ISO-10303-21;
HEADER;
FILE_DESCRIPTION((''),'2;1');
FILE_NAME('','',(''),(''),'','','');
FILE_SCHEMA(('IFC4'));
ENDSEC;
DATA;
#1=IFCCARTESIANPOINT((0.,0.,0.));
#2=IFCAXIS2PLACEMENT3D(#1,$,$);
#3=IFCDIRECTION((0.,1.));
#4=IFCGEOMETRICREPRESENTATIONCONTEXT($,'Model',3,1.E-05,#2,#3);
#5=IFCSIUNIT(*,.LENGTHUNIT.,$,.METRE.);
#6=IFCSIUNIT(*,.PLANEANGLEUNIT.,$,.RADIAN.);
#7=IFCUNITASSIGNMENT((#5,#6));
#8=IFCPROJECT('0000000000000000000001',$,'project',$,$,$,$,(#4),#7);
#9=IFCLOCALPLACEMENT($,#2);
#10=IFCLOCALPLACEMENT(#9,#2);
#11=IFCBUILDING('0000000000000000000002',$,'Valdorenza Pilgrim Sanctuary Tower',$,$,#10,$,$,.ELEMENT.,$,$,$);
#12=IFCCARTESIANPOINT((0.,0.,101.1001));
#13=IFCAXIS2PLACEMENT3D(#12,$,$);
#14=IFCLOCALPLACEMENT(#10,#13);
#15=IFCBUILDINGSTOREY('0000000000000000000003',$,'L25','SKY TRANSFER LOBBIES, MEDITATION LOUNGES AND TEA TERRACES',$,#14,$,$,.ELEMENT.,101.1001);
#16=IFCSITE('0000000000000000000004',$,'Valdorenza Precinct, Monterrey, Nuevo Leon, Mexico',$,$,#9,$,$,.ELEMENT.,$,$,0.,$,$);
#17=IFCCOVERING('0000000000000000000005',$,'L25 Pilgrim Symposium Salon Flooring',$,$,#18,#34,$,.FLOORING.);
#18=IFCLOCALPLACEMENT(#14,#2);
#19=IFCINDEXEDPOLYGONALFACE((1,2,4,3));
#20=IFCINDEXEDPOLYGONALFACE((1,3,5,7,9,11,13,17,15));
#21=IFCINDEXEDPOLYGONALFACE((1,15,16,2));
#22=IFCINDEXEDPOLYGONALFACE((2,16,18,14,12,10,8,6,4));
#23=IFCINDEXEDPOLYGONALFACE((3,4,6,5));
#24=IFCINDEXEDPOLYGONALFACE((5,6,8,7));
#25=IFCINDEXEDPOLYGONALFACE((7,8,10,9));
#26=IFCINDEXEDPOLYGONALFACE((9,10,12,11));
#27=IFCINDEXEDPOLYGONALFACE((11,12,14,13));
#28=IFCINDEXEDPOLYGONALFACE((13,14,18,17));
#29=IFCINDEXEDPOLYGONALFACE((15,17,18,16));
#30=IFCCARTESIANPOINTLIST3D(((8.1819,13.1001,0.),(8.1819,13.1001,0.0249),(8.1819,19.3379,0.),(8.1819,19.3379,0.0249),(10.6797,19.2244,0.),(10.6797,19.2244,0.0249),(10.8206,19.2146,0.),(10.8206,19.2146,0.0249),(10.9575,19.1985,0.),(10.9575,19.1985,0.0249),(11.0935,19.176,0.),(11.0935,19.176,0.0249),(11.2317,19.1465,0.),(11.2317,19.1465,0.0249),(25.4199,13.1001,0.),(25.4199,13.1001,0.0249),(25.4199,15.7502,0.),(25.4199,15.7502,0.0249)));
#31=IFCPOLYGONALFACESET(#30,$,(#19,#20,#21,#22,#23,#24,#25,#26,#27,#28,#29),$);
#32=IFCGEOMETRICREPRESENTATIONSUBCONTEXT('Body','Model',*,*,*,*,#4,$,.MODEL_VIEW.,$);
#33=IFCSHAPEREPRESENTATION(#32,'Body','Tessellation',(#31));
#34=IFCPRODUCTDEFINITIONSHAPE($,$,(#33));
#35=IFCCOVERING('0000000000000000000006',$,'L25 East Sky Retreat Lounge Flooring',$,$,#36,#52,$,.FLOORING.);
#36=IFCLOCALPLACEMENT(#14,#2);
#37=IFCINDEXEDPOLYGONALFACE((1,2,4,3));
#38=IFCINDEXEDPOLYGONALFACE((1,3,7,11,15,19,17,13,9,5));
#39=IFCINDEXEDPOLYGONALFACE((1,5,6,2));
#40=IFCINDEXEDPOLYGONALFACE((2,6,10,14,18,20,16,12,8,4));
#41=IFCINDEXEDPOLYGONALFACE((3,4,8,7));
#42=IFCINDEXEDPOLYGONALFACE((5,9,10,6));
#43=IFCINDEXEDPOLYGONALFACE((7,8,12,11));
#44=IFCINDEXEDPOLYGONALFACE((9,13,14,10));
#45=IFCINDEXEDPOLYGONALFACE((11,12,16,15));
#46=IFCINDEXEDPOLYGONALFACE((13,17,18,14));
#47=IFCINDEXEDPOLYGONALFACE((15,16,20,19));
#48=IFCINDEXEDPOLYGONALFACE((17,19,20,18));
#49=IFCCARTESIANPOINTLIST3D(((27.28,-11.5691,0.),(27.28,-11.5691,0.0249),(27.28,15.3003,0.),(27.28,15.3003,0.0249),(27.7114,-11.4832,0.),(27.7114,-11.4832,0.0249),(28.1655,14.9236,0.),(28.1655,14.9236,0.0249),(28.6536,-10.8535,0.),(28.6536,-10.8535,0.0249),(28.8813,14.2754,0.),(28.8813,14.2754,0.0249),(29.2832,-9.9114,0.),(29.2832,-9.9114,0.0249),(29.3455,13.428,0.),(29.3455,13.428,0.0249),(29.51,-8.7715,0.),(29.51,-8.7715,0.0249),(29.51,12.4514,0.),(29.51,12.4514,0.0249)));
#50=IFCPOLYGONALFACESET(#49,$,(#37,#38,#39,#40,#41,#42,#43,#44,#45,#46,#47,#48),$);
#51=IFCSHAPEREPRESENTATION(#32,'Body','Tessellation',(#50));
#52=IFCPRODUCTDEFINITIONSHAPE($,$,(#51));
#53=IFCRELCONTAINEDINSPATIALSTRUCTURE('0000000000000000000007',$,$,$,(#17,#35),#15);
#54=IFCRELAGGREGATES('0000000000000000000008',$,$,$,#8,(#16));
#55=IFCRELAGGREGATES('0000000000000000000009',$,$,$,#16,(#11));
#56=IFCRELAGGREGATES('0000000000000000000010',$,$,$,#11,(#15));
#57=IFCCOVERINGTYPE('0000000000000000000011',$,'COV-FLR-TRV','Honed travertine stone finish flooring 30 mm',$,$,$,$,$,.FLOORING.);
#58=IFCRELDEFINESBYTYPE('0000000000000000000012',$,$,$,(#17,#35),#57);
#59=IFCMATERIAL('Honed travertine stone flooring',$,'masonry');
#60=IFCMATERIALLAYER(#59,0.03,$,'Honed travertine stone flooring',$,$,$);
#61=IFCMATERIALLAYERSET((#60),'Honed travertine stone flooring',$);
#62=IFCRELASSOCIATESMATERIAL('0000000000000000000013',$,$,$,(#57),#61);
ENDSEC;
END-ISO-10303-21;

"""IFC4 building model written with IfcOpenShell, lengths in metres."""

from ifc_helpers import new_model, si_unit, direction, frame, origin, place, context, subcontext, project, spatial, polyline, outline, extrude, material, layer, layer_set, type_object, element, save


model = new_model("IFC4")

# Units and contexts
model_context = context("Model", 3, precision=1e-05, world=origin(), true_north=direction((0.0, 1.0)))
body_context = subcontext(model_context, "Body", "Model", "MODEL_VIEW")
ifc_project = project(units=[si_unit("LENGTHUNIT", "METRE"), si_unit("PLANEANGLEUNIT", "RADIAN")], contexts=[model_context])

# Site, building, storey
site_placement = place(None, origin())
site = spatial("IfcSite", under=ifc_project, at=site_placement, Name="Valdorenza Precinct, Monterrey, Nuevo Leon, Mexico", CompositionType="ELEMENT", RefElevation=0.0)
building_placement = place(site_placement, origin())
building = spatial("IfcBuilding", under=site, at=building_placement, Name="Valdorenza Pilgrim Sanctuary Tower", CompositionType="ELEMENT")
storey_placement = place(building_placement, frame((0.0, 0.0, 101.1001)))
storey = spatial("IfcBuildingStorey", under=building, at=storey_placement, Name="L25", Description="SKY TRANSFER LOBBIES, MEDITATION LOUNGES AND TEA TERRACES", CompositionType="ELEMENT", Elevation=101.1001)

# Coverings
ifc_material_1 = material(Name="Honed travertine stone flooring", Category="masonry")
ifc_layer_1 = layer(ifc_material_1, 0.03, Name="Honed travertine stone flooring")
ifc_layer_set_1 = layer_set([ifc_layer_1], Name="Honed travertine stone flooring")
covering_type_1 = type_object("IfcCoveringType", Name="COV-FLR-TRV", Description="Honed travertine stone finish flooring 30 mm", PredefinedType="FLOORING", material=ifc_layer_set_1)
covering_1_placement = place(storey_placement, origin())
element("IfcCovering", 1, at=covering_1_placement, inside=storey, type_object=covering_type_1, Name="L25 Pilgrim Symposium Salon Flooring", PredefinedType="FLOORING", context=body_context, shape_type="SweptSolid", body=[
    extrude(outline(polyline([(8.1819, 13.1001), (8.1819, 19.3379), (10.6797, 19.2244), (10.8206, 19.2146), (10.9575, 19.1985), (11.0935, 19.176), (11.2317, 19.1465), (25.4199, 15.7502), (25.4199, 13.1001), (8.1819, 13.1001)])), origin(), (0.0, 0.0, 1.0), 0.0249),
])
covering_2_placement = place(storey_placement, origin())
element("IfcCovering", 2, at=covering_2_placement, inside=storey, type_object=covering_type_1, Name="L25 East Sky Retreat Lounge Flooring", PredefinedType="FLOORING", context=body_context, shape_type="SweptSolid", body=[
    extrude(outline(polyline([(27.28, 15.3003), (28.1655, 14.9236), (28.8813, 14.2754), (29.3455, 13.428), (29.51, 12.4514), (29.51, -8.7715), (29.2832, -9.9114), (28.6536, -10.8535), (27.7114, -11.4832), (27.28, -11.5691), (27.28, 15.3003)])), origin(), (0.0, 0.0, 1.0), 0.0249),
])

save(model, "model.ifc")
